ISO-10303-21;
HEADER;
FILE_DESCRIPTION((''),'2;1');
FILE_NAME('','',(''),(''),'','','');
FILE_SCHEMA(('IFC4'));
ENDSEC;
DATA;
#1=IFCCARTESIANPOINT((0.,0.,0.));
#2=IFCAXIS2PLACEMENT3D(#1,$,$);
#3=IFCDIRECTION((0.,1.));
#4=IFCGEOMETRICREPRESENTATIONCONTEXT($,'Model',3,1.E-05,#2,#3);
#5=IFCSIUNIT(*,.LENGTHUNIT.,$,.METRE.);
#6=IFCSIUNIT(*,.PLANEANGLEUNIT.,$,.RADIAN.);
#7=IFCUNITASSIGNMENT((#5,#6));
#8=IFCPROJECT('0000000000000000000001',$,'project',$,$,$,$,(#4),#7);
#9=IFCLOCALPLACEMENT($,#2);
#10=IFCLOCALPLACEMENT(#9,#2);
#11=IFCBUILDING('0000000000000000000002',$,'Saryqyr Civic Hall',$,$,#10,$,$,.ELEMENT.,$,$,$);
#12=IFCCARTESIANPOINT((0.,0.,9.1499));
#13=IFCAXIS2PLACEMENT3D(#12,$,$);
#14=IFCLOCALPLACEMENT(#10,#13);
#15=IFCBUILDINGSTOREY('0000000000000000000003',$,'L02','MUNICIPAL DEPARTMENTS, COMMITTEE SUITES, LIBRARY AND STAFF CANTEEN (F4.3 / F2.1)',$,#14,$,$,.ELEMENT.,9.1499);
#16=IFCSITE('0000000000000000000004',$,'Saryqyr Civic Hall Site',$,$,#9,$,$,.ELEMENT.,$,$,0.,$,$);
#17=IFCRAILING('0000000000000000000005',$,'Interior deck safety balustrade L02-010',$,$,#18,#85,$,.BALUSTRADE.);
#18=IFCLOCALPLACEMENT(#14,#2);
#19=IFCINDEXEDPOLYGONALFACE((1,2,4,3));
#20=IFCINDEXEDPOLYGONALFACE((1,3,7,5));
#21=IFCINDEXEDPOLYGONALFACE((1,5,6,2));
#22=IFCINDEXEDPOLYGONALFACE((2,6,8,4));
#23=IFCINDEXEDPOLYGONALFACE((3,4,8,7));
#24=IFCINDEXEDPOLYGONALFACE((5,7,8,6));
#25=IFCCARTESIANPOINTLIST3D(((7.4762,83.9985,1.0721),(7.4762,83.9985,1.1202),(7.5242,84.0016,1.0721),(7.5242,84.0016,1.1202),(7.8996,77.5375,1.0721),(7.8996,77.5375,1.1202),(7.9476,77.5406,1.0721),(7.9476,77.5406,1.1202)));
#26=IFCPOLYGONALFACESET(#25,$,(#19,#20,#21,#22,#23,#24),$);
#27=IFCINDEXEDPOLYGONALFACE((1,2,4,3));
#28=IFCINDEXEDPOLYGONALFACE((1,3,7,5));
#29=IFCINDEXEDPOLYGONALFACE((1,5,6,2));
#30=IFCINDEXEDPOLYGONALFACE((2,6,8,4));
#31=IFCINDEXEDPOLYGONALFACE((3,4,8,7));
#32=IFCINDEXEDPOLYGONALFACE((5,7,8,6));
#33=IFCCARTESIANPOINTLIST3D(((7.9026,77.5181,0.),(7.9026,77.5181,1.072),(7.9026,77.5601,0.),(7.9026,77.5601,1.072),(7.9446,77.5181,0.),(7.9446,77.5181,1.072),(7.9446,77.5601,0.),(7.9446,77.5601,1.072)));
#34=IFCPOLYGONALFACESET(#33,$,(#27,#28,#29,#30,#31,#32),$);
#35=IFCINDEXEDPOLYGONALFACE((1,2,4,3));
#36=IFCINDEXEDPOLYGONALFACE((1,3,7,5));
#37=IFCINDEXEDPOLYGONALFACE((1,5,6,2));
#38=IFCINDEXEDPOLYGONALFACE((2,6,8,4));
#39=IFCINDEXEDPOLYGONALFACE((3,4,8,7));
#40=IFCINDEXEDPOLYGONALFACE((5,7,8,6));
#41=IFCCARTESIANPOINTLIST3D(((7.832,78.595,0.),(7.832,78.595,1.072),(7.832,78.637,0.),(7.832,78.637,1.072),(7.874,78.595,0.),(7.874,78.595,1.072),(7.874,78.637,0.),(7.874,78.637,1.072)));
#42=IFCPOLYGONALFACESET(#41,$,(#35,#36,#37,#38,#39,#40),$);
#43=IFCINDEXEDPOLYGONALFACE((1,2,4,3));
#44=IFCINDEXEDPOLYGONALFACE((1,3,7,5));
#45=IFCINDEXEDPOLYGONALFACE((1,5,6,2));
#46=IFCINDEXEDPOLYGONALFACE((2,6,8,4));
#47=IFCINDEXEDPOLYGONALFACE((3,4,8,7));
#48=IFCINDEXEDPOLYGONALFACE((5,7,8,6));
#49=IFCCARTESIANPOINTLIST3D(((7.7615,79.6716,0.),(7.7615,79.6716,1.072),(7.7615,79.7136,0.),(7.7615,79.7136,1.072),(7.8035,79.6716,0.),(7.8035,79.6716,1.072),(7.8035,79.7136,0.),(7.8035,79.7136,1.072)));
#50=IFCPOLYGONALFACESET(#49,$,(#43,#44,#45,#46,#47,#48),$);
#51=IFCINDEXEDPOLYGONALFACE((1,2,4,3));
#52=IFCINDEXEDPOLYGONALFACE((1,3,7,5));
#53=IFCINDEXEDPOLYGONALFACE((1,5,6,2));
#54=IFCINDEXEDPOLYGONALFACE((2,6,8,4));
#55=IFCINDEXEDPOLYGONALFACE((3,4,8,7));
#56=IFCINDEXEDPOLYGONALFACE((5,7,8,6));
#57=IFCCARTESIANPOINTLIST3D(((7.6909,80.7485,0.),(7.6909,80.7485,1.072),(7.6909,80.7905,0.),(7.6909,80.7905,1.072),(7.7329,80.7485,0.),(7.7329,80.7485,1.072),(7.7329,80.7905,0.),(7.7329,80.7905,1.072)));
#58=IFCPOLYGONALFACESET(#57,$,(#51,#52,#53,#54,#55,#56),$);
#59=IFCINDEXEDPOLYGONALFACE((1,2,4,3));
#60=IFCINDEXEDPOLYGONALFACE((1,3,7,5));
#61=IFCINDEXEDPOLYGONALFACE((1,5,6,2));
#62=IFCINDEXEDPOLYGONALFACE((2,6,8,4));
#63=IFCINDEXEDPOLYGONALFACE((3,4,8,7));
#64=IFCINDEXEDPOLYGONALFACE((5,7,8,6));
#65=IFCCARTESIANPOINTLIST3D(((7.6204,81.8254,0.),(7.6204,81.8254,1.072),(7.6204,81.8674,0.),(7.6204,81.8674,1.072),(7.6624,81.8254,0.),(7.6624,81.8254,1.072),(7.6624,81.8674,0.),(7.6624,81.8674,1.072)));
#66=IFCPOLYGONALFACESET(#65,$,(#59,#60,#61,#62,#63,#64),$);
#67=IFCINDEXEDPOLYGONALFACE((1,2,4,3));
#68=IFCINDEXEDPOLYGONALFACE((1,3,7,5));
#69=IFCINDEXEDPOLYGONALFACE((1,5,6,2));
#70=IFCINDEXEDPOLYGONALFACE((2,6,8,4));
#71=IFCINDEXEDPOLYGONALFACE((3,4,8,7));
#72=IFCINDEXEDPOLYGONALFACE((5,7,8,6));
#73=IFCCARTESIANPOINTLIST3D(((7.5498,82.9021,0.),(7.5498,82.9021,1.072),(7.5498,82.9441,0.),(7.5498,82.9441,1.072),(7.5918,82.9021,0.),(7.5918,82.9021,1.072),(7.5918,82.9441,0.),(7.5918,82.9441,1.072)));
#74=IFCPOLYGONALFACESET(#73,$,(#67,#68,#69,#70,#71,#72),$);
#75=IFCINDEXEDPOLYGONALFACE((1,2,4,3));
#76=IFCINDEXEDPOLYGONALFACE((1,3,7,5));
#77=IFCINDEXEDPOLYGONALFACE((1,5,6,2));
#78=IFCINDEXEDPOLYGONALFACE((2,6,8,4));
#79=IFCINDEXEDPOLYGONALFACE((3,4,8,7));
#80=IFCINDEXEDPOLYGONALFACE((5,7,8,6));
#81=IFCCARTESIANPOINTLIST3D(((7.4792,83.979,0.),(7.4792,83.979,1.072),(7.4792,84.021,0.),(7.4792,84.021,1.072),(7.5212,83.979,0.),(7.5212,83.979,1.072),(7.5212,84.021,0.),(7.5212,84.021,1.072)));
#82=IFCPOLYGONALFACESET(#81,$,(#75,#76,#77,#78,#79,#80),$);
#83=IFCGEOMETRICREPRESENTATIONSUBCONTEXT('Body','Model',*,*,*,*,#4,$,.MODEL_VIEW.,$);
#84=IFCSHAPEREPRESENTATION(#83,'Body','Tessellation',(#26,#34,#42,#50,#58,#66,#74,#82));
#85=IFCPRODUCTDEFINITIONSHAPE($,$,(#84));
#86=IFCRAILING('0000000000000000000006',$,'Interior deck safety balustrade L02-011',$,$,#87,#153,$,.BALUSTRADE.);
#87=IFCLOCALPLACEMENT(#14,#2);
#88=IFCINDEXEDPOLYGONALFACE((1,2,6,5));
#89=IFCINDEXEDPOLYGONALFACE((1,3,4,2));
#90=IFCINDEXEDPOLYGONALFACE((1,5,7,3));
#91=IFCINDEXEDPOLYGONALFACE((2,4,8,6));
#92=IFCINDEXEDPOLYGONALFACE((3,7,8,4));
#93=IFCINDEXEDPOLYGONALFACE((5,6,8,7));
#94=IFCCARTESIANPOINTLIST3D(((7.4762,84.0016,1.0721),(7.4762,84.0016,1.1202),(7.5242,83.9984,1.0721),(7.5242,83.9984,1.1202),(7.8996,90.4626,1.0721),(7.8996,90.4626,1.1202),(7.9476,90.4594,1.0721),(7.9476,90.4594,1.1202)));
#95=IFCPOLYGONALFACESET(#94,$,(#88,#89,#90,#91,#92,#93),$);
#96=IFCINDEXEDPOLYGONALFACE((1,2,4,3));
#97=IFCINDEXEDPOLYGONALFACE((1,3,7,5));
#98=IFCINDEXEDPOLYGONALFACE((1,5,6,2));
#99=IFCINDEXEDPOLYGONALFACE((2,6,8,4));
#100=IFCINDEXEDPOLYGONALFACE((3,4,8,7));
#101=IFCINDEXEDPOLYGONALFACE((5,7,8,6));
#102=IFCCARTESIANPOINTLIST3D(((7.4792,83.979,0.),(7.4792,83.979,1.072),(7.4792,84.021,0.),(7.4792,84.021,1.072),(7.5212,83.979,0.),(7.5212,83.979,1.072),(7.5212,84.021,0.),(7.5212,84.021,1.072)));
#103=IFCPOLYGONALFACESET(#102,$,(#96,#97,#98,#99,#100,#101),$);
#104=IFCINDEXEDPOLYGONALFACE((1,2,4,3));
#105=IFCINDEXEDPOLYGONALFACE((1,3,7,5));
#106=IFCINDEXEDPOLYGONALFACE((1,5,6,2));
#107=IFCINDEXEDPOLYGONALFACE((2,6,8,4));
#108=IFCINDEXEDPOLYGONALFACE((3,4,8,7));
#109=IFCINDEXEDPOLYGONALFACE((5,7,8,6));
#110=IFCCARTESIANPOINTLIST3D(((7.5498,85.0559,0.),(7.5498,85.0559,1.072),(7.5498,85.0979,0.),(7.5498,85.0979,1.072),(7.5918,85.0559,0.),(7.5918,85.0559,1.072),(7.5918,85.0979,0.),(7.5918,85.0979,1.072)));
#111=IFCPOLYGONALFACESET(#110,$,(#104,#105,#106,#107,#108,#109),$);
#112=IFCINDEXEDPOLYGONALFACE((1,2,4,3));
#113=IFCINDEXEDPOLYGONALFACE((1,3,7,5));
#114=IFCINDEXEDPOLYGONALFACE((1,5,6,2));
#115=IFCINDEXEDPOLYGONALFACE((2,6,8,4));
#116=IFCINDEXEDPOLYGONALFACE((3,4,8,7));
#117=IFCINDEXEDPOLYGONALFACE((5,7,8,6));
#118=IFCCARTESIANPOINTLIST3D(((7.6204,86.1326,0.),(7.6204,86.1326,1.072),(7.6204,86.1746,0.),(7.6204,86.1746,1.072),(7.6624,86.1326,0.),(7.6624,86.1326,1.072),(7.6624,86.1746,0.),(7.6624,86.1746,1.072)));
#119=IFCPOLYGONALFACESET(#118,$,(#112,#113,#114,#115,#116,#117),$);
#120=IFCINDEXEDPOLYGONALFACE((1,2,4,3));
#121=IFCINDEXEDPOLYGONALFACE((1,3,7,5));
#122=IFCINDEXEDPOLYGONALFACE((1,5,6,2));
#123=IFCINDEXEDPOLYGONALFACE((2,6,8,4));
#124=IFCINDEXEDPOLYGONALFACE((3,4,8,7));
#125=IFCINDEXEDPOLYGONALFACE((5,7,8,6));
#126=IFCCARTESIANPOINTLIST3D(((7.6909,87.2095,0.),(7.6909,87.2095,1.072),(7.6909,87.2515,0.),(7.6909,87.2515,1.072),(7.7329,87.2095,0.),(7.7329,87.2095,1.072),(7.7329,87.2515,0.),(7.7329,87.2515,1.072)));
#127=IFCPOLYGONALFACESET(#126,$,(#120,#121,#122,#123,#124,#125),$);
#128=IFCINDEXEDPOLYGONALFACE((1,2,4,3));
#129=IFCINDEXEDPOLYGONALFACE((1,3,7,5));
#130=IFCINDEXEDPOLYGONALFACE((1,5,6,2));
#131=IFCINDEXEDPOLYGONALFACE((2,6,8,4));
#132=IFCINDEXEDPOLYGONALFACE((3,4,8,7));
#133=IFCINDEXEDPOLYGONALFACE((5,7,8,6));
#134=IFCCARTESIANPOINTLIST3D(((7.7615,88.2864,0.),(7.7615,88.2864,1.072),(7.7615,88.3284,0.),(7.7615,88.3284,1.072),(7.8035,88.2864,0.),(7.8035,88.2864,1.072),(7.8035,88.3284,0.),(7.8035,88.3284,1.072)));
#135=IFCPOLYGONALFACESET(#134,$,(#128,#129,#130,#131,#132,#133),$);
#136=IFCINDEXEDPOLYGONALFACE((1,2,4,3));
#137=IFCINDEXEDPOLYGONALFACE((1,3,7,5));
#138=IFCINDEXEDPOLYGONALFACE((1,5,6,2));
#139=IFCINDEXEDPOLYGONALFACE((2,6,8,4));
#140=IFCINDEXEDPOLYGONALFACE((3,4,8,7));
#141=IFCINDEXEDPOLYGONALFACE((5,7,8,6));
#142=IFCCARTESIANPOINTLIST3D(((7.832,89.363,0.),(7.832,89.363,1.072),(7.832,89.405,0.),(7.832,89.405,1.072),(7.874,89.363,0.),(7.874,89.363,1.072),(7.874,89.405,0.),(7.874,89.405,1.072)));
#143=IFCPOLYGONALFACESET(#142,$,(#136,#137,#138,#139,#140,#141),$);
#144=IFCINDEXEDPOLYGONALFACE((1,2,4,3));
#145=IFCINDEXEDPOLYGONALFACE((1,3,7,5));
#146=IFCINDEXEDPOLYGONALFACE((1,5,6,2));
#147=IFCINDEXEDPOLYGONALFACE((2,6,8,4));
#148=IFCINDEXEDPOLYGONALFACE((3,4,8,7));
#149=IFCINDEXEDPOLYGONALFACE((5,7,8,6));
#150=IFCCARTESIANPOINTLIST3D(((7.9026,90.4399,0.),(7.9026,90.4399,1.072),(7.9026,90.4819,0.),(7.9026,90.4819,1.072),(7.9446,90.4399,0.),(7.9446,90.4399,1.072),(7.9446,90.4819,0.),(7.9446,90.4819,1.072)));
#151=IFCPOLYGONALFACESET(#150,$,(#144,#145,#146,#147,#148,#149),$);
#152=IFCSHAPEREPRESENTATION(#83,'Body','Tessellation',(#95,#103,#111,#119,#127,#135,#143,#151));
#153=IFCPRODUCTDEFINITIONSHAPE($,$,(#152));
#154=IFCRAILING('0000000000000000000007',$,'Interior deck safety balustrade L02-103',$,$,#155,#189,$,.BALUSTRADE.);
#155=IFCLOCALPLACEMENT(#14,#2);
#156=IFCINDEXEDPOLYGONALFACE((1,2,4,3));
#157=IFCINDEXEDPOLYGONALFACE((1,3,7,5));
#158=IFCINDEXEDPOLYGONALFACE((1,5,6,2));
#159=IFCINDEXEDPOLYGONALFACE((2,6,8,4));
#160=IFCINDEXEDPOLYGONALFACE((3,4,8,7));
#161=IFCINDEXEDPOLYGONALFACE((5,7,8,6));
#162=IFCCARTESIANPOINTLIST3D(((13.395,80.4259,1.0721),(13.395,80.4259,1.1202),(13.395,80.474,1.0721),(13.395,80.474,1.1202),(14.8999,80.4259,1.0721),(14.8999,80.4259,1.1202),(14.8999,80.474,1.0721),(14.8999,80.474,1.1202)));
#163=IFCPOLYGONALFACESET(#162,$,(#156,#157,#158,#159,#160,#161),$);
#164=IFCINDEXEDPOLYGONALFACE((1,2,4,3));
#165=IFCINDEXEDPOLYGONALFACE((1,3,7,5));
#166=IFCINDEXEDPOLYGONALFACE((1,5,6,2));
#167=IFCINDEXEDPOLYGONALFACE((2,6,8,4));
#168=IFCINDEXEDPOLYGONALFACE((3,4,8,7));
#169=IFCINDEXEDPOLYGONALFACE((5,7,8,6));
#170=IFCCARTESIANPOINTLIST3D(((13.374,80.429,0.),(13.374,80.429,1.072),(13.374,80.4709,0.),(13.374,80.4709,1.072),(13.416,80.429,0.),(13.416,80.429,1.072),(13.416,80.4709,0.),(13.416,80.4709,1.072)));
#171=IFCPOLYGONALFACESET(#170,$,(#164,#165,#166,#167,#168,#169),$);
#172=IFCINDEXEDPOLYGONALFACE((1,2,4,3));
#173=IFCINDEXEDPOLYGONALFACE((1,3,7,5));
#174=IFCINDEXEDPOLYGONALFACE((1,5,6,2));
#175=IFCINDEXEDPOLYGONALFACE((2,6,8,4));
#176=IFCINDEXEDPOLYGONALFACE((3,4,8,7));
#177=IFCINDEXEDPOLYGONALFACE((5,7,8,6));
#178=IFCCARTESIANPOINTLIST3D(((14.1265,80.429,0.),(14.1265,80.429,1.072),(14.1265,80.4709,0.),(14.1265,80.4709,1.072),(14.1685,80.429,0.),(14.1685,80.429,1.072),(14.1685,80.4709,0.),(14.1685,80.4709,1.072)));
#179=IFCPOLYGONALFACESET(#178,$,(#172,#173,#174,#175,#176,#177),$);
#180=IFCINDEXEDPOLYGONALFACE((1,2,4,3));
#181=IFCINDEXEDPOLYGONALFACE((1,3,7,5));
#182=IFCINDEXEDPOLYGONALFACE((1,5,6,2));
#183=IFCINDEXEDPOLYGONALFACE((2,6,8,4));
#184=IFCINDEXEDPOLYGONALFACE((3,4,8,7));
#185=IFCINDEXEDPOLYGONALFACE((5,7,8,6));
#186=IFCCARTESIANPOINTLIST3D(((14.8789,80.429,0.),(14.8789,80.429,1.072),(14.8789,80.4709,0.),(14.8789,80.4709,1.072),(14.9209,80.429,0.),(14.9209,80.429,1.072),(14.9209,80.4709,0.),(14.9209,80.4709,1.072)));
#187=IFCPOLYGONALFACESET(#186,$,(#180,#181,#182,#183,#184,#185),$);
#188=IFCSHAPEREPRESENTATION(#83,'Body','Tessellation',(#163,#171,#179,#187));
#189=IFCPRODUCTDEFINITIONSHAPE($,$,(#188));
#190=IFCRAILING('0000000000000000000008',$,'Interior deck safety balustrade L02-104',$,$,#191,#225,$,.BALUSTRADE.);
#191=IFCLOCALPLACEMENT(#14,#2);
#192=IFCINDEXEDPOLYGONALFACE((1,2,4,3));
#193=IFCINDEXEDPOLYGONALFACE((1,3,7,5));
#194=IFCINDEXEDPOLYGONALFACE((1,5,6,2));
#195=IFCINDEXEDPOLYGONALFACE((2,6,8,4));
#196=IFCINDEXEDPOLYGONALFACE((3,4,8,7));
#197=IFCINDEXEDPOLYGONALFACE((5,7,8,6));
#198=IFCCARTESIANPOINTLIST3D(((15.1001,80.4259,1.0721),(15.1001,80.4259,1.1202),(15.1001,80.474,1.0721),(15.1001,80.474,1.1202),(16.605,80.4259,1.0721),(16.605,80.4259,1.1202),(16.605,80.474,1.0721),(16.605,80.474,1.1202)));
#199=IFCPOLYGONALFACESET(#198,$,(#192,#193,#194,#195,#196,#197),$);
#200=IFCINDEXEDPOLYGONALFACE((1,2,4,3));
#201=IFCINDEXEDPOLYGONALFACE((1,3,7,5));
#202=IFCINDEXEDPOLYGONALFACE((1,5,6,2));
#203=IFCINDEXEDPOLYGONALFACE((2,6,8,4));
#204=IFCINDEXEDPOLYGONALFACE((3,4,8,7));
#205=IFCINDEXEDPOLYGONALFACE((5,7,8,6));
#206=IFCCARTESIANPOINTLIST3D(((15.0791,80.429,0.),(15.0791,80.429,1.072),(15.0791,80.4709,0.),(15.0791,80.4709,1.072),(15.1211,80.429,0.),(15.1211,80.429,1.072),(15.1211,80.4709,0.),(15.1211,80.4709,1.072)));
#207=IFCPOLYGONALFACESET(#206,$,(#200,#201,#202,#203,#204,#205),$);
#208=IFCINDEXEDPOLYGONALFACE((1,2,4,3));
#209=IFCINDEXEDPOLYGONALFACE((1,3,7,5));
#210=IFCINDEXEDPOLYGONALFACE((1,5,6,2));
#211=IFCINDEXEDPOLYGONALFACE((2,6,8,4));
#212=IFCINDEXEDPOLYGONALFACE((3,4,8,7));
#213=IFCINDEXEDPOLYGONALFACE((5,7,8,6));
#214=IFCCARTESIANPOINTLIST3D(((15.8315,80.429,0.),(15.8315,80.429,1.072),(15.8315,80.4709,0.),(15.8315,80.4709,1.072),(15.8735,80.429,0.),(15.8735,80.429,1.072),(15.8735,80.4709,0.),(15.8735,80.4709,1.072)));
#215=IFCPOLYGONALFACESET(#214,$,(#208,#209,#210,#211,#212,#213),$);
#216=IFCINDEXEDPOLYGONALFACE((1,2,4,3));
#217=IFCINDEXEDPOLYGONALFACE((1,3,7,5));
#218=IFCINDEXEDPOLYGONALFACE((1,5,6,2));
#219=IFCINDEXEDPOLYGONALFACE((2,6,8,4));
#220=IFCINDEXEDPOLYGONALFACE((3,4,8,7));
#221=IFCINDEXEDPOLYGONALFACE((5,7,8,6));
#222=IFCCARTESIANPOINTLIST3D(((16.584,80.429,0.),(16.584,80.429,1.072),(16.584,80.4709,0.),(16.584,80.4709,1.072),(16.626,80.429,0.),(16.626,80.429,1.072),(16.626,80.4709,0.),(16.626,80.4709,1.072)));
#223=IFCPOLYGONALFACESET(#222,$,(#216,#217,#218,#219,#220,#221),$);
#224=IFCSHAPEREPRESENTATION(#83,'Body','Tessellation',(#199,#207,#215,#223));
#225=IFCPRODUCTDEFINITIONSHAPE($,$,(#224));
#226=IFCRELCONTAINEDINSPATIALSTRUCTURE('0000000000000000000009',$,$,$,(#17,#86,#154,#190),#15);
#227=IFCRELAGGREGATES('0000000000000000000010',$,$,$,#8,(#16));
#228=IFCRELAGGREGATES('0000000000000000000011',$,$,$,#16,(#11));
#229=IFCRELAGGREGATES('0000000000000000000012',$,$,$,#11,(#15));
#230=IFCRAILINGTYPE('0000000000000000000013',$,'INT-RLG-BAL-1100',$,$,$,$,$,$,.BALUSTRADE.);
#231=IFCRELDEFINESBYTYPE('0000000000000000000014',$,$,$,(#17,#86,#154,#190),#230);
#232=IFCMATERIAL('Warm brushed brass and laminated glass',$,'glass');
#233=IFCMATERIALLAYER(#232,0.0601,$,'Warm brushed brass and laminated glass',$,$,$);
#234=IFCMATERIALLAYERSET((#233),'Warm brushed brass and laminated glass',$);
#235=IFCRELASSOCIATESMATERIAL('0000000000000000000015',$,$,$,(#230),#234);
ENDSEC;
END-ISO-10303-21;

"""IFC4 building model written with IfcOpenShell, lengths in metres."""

from ifc_helpers import new_model, si_unit, direction, frame, origin, origin_2d, place, context, subcontext, project, spatial, rectangle, extrude, material, layer, layer_set, type_object, element, save


model = new_model("IFC4")

# Units and contexts
model_context = context("Model", 3, precision=1e-05, world=origin(), true_north=direction((0.0, 1.0)))
body_context = subcontext(model_context, "Body", "Model", "MODEL_VIEW")
ifc_project = project(units=[si_unit("LENGTHUNIT", "METRE"), si_unit("PLANEANGLEUNIT", "RADIAN")], contexts=[model_context])

# Site, building, storey
site_placement = place(None, origin())
site = spatial("IfcSite", under=ifc_project, at=site_placement, Name="Saryqyr Civic Hall Site", CompositionType="ELEMENT", RefElevation=0.0)
building_placement = place(site_placement, origin())
building = spatial("IfcBuilding", under=site, at=building_placement, Name="Saryqyr Civic Hall", CompositionType="ELEMENT")
storey_placement = place(building_placement, frame((0.0, 0.0, 9.1499)))
storey = spatial("IfcBuildingStorey", under=building, at=storey_placement, Name="L02", Description="MUNICIPAL DEPARTMENTS, COMMITTEE SUITES, LIBRARY AND STAFF CANTEEN (F4.3 / F2.1)", CompositionType="ELEMENT", Elevation=9.1499)

# Railings
ifc_material_1 = material(Name="Warm brushed brass and laminated glass", Category="glass")
ifc_layer_1 = layer(ifc_material_1, 0.0601, Name="Warm brushed brass and laminated glass")
ifc_layer_set_1 = layer_set([ifc_layer_1], Name="Warm brushed brass and laminated glass")
railing_type_1 = type_object("IfcRailingType", Name="INT-RLG-BAL-1100", PredefinedType="BALUSTRADE", material=ifc_layer_set_1)
railing_1_placement = place(storey_placement, frame((7.9236, 77.5391, 0.0)))
element("IfcRailing", 1, at=railing_1_placement, inside=storey, type_object=railing_type_1, Name="Interior deck safety balustrade L02-010", PredefinedType="BALUSTRADE", context=body_context, shape_type="SweptSolid", body=[
    extrude(rectangle(XDim=0.0481, YDim=0.0481, at=origin_2d()), frame((0.0, 0.0, 1.0962), z_axis=(-0.065383, 0.99786, 0.0), x_axis=(-0.99786, -0.065383, 0.0)), (0.0, 0.0, 1.0), 6.4749),
    extrude(rectangle(XDim=0.042, YDim=0.042, at=origin_2d()), origin(), (0.0, 0.0, 1.0), 1.072),
    extrude(rectangle(XDim=0.042, YDim=0.042, at=origin_2d()), frame((-0.0706, 1.0769, 0.0)), (0.0, 0.0, 1.0), 1.072),
    extrude(rectangle(XDim=0.042, YDim=0.042, at=origin_2d()), frame((-0.1411, 2.1536, 0.0)), (0.0, 0.0, 1.0), 1.072),
    extrude(rectangle(XDim=0.042, YDim=0.042, at=origin_2d()), frame((-0.2117, 3.2305, 0.0)), (0.0, 0.0, 1.0), 1.072),
    extrude(rectangle(XDim=0.042, YDim=0.042, at=origin_2d()), frame((-0.2822, 4.3074, 0.0)), (0.0, 0.0, 1.0), 1.072),
    extrude(rectangle(XDim=0.042, YDim=0.042, at=origin_2d()), frame((-0.3528, 5.384, 0.0)), (0.0, 0.0, 1.0), 1.072),
    extrude(rectangle(XDim=0.042, YDim=0.042, at=origin_2d()), frame((-0.4233, 6.4609, 0.0)), (0.0, 0.0, 1.0), 1.072),
])
railing_2_placement = place(storey_placement, frame((7.5002, 84.0, 0.0)))
element("IfcRailing", 2, at=railing_2_placement, inside=storey, type_object=railing_type_1, Name="Interior deck safety balustrade L02-011", PredefinedType="BALUSTRADE", context=body_context, shape_type="SweptSolid", body=[
    extrude(rectangle(XDim=0.0481, YDim=0.0481, at=origin_2d()), frame((0.0, 0.0, 1.0962), z_axis=(0.065383, 0.99786, 0.0), x_axis=(-0.99786, 0.065383, 0.0)), (0.0, 0.0, 1.0), 6.4749),
    extrude(rectangle(XDim=0.042, YDim=0.042, at=origin_2d()), origin(), (0.0, 0.0, 1.0), 1.072),
    extrude(rectangle(XDim=0.042, YDim=0.042, at=origin_2d()), frame((0.0706, 1.0769, 0.0)), (0.0, 0.0, 1.0), 1.072),
    extrude(rectangle(XDim=0.042, YDim=0.042, at=origin_2d()), frame((0.1411, 2.1536, 0.0)), (0.0, 0.0, 1.0), 1.072),
    extrude(rectangle(XDim=0.042, YDim=0.042, at=origin_2d()), frame((0.2117, 3.2305, 0.0)), (0.0, 0.0, 1.0), 1.072),
    extrude(rectangle(XDim=0.042, YDim=0.042, at=origin_2d()), frame((0.2822, 4.3074, 0.0)), (0.0, 0.0, 1.0), 1.072),
    extrude(rectangle(XDim=0.042, YDim=0.042, at=origin_2d()), frame((0.3528, 5.384, 0.0)), (0.0, 0.0, 1.0), 1.072),
    extrude(rectangle(XDim=0.042, YDim=0.042, at=origin_2d()), frame((0.4233, 6.4609, 0.0)), (0.0, 0.0, 1.0), 1.072),
])
for number, where, name in (
    (3, (13.395, 80.45, 0.0), "Interior deck safety balustrade L02-103"),
    (4, (15.1001, 80.45, 0.0), "Interior deck safety balustrade L02-104"),
):
    element("IfcRailing", number, at=place(storey_placement, frame(where)), inside=storey, type_object=railing_type_1, Name=name, PredefinedType="BALUSTRADE", context=body_context, shape_type="SweptSolid", body=[
        extrude(rectangle(XDim=0.0481, YDim=0.0481, at=origin_2d()), frame((0.0, 0.0, 1.0962), z_axis=(1.0, 0.0, 0.0), x_axis=(0.0, 1.0, 0.0)), (0.0, 0.0, 1.0), 1.5049),
        extrude(rectangle(XDim=0.042, YDim=0.042, at=origin_2d()), origin(), (0.0, 0.0, 1.0), 1.072),
        extrude(rectangle(XDim=0.042, YDim=0.042, at=origin_2d()), frame((0.7524, 0.0, 0.0)), (0.0, 0.0, 1.0), 1.072),
        extrude(rectangle(XDim=0.042, YDim=0.042, at=origin_2d()), frame((1.5049, 0.0, 0.0)), (0.0, 0.0, 1.0), 1.072),
    ])

save(model, "model.ifc")
